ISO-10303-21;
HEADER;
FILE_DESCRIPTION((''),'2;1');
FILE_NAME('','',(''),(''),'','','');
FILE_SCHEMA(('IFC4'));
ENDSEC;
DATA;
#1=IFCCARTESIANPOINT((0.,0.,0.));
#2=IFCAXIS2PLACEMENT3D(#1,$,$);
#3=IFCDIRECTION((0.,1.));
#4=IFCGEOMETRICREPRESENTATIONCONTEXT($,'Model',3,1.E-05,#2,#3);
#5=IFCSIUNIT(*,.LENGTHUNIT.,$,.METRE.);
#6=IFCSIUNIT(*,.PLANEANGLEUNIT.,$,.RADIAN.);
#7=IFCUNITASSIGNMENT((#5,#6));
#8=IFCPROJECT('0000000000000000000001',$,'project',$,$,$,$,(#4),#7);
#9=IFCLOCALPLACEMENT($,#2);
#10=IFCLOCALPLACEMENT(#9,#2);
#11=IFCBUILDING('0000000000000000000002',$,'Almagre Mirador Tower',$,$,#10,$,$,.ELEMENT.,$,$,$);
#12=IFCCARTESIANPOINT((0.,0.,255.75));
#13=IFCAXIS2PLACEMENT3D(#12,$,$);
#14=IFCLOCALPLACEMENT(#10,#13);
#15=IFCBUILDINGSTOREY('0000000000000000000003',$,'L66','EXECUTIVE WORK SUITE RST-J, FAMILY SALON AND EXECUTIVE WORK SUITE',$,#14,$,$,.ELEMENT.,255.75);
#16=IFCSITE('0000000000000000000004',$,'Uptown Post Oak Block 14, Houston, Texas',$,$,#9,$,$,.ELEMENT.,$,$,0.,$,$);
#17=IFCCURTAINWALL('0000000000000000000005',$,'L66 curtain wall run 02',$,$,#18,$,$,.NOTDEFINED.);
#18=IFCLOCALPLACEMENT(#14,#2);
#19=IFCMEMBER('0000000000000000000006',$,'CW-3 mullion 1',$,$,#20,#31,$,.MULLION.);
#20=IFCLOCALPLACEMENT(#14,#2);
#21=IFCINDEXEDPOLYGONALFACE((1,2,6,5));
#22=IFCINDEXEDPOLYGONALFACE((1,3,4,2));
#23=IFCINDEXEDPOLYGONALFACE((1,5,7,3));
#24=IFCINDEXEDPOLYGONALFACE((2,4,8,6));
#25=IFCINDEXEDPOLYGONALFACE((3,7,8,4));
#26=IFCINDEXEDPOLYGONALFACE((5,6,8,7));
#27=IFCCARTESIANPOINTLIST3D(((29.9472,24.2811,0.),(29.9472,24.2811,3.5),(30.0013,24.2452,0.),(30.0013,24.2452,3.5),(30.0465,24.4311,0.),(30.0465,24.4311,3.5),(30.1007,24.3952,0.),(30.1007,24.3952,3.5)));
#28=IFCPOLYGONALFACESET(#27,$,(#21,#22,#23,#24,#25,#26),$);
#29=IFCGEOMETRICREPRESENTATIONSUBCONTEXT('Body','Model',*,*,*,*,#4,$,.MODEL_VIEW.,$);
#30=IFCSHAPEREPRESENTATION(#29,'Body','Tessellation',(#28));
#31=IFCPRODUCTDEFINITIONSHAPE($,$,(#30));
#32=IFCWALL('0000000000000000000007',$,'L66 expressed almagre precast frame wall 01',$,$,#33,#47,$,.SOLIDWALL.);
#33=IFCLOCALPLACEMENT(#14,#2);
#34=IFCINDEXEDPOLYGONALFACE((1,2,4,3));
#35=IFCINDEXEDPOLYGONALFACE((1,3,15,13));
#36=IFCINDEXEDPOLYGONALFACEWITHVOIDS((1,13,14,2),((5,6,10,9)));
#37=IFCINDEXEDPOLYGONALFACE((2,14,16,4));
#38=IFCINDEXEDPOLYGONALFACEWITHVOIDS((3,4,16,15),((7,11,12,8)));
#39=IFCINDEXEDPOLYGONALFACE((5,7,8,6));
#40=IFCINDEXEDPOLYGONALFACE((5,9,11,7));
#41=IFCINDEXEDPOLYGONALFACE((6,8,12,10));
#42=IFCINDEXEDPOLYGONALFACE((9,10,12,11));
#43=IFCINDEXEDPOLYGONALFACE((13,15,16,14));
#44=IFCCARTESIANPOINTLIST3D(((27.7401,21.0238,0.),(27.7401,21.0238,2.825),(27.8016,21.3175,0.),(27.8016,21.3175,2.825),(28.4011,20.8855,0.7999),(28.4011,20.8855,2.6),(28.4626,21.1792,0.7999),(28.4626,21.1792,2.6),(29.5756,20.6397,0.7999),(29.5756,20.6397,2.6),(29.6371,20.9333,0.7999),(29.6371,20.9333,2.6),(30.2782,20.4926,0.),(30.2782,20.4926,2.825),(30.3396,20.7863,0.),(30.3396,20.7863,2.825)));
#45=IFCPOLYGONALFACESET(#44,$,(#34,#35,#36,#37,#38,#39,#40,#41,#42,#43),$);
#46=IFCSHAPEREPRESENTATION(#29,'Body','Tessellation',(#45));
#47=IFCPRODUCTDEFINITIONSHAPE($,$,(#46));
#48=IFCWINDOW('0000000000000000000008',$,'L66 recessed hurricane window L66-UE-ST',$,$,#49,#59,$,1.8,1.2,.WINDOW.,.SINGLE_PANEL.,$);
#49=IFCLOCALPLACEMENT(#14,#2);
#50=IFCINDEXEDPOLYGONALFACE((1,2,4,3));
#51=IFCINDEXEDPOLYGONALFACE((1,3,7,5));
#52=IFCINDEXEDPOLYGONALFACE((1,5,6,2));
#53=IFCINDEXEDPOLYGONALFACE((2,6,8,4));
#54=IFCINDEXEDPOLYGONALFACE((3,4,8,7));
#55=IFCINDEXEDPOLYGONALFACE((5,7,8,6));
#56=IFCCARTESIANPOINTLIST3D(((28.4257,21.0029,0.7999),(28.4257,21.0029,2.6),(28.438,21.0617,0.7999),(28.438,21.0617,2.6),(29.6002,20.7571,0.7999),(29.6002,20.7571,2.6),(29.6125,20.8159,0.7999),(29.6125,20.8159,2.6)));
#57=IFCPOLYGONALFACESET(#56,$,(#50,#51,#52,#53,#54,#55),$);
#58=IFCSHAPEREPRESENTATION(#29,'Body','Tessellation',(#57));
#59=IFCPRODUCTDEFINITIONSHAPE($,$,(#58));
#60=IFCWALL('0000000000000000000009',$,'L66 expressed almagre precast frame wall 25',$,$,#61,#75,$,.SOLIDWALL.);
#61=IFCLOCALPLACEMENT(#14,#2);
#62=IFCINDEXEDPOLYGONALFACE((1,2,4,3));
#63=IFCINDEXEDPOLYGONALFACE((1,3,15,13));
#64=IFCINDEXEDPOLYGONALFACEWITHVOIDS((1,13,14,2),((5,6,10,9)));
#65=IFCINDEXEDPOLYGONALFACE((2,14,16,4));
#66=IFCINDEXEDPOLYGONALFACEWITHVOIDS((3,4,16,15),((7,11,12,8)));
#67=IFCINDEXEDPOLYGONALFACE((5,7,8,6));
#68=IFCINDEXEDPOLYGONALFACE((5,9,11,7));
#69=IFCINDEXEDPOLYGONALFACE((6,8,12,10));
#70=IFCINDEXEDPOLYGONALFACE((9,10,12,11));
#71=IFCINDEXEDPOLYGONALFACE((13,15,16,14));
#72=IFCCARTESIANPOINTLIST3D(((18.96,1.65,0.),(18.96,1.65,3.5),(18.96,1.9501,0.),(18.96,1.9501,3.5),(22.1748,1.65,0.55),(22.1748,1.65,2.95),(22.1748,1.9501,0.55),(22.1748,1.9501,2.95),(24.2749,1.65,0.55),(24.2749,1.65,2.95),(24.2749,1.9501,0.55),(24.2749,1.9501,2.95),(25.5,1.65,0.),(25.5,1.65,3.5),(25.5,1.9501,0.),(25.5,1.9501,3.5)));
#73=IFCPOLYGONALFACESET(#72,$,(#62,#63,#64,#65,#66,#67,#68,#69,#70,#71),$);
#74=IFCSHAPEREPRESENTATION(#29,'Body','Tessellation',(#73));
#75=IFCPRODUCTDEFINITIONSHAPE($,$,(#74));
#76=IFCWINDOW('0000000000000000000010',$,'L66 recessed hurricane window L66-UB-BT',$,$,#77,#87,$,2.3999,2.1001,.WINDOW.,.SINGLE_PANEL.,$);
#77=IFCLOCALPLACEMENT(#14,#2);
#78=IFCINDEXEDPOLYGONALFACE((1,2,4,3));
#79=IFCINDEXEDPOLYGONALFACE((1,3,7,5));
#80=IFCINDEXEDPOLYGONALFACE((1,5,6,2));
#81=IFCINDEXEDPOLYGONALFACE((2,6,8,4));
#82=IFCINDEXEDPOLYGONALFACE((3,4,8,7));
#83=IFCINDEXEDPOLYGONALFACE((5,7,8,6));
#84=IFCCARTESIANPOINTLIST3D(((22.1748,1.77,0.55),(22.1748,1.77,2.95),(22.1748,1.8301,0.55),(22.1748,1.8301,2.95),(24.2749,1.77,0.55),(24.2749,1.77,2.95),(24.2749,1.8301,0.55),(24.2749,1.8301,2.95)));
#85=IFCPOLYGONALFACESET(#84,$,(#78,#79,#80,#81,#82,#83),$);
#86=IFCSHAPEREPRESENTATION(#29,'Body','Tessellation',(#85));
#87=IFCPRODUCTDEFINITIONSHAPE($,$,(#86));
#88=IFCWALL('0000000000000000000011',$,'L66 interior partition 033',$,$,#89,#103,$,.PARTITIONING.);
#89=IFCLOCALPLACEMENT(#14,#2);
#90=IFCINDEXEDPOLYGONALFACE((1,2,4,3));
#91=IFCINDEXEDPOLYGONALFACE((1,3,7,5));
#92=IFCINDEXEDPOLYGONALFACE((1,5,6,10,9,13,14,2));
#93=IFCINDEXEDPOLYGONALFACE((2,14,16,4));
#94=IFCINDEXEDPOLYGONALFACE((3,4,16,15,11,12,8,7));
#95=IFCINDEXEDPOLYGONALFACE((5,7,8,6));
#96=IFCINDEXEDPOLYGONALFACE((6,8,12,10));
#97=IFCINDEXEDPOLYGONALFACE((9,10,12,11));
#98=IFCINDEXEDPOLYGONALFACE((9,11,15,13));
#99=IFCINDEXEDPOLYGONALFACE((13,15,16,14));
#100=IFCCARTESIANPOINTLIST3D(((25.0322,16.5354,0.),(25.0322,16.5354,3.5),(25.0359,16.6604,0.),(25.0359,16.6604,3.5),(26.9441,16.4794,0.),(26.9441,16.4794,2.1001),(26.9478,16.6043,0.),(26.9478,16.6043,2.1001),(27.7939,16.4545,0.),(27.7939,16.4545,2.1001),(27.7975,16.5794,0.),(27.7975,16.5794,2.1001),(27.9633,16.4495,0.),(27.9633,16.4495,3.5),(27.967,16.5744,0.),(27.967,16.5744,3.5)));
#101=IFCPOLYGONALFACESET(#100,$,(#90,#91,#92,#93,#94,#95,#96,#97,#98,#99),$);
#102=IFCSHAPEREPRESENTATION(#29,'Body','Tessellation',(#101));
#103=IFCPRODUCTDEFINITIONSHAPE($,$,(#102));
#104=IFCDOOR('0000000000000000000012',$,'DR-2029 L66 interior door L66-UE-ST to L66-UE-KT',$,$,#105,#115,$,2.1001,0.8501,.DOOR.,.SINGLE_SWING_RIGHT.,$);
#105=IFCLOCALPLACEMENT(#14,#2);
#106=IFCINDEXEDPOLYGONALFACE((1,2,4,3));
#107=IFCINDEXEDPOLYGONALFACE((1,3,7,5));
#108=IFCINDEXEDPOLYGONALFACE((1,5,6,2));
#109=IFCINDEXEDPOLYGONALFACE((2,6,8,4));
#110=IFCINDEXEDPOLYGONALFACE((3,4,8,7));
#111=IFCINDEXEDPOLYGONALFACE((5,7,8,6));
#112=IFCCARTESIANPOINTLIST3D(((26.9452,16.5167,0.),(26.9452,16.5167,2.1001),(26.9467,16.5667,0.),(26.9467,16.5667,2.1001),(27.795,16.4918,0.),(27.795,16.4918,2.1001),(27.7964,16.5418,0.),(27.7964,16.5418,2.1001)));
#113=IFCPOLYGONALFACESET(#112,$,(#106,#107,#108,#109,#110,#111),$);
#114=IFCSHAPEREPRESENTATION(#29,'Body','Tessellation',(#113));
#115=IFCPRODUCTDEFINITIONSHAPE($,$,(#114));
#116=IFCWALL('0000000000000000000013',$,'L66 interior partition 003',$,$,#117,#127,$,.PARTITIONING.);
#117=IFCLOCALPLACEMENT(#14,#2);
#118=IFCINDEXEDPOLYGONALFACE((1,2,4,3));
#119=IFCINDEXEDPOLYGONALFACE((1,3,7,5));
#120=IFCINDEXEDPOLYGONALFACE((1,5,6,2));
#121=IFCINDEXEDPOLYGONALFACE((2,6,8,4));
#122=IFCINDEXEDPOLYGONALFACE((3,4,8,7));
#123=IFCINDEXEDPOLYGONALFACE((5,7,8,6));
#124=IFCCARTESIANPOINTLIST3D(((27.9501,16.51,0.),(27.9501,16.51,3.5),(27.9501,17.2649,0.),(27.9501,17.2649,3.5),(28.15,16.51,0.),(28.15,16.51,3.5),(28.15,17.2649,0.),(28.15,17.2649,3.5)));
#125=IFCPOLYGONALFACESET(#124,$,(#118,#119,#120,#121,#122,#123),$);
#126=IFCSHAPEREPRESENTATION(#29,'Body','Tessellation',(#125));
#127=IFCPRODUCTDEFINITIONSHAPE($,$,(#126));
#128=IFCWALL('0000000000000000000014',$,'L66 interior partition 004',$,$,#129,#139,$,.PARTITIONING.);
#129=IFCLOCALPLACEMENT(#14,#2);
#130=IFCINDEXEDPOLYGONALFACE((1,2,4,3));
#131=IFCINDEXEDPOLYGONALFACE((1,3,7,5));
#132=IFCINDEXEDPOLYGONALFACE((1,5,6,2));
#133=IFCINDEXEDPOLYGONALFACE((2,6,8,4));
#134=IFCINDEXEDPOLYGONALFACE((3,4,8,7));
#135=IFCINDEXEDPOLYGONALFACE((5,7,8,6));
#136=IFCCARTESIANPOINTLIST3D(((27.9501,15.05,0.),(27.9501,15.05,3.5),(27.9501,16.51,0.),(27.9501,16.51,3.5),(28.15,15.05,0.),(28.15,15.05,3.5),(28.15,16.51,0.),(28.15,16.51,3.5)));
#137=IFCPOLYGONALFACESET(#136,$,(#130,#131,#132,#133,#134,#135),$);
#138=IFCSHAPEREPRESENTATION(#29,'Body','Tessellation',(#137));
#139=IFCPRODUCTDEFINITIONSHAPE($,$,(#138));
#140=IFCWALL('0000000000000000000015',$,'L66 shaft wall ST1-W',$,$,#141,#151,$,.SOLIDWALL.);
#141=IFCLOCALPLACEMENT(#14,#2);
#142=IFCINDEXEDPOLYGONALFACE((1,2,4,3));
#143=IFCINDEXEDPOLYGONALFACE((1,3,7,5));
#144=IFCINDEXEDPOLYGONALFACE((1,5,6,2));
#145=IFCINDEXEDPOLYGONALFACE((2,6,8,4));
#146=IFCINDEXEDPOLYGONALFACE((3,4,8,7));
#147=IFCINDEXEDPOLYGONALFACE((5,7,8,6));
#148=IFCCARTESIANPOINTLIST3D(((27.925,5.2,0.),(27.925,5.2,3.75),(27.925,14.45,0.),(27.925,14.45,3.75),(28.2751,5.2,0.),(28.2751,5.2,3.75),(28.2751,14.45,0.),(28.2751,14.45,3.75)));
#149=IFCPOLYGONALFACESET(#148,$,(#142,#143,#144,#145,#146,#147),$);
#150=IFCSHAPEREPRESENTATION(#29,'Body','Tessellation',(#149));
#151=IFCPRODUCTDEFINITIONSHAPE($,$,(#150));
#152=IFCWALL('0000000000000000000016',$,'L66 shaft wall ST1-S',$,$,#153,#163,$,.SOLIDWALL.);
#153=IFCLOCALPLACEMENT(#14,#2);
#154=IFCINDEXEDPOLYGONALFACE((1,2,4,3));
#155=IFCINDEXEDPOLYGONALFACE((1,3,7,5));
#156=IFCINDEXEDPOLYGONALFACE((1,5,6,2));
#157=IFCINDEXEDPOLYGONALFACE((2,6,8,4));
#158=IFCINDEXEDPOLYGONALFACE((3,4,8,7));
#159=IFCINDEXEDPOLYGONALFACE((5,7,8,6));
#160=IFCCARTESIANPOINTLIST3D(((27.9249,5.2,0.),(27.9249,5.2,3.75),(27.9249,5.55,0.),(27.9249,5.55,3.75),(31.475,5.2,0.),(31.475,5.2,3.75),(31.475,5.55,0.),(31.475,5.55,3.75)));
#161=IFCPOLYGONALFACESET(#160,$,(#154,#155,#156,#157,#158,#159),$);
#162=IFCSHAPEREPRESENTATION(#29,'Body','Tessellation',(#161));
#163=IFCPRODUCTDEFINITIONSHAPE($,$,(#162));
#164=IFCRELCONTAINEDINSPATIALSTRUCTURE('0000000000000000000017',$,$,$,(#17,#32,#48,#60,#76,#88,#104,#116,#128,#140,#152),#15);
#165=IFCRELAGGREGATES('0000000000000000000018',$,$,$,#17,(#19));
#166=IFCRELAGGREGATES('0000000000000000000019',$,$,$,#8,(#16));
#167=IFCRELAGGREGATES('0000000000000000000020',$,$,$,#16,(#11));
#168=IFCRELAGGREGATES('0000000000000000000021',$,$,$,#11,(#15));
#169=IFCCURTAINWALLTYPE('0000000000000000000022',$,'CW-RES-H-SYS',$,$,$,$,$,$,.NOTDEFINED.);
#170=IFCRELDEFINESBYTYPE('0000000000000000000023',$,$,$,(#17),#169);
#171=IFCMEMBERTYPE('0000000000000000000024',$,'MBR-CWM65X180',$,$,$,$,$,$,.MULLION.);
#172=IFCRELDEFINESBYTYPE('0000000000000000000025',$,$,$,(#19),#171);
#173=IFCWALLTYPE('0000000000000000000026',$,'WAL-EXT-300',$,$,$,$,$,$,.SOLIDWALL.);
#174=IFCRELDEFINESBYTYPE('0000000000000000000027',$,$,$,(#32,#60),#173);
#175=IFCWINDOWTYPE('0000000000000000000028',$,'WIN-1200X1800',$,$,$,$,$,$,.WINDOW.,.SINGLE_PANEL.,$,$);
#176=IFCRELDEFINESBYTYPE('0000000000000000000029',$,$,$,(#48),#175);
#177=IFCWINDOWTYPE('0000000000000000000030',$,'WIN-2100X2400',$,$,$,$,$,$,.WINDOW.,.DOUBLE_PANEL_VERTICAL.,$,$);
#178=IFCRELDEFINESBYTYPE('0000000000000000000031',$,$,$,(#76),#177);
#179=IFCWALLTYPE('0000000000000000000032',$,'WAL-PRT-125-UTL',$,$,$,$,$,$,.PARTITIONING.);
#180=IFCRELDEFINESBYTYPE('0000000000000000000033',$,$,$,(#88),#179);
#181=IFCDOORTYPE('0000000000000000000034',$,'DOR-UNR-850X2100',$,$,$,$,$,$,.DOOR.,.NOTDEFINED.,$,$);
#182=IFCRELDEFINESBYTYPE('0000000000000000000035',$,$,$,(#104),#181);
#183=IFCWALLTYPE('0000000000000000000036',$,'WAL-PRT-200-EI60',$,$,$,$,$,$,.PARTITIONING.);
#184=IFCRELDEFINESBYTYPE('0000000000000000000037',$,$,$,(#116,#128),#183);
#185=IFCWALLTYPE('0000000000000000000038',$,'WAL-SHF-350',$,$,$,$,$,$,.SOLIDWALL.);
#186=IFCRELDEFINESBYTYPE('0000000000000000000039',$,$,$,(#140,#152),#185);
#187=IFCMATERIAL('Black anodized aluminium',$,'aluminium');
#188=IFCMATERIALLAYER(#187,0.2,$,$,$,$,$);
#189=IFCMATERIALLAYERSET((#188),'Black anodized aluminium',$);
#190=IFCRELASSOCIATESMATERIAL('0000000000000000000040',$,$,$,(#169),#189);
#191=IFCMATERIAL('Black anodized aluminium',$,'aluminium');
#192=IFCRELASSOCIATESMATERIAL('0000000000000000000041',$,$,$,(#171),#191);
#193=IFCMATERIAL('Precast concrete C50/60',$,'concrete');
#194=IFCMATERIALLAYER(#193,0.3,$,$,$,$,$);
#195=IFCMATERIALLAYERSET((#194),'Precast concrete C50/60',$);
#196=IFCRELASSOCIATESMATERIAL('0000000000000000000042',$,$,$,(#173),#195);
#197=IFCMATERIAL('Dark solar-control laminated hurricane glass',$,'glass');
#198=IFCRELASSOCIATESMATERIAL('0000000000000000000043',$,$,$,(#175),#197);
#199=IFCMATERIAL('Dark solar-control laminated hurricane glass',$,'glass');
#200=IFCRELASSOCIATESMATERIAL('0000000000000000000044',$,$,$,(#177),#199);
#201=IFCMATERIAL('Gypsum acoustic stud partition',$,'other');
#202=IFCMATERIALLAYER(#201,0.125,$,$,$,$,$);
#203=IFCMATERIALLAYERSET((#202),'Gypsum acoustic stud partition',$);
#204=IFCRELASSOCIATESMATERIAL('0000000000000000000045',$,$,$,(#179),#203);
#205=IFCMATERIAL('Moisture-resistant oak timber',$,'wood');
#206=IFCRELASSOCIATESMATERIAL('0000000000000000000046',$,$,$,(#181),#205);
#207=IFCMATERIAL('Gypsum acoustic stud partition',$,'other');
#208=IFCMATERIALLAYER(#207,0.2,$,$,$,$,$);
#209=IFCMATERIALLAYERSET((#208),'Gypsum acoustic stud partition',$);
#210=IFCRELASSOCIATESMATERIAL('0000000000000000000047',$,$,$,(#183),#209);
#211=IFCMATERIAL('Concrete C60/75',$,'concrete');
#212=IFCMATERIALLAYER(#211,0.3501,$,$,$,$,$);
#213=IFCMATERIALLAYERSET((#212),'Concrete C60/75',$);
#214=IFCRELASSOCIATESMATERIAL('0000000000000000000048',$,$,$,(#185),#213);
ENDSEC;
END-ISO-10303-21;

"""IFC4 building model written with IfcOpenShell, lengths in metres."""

from ifc_helpers import new_model, si_unit, direction, frame, frame_2d, origin, origin_2d, place, context, subcontext, project, spatial, rectangle, extrude, material, layer, layer_set, material_profile, profile_set, type_object, element, fill, aggregate, save


model = new_model("IFC4")

# Units and contexts
model_context = context("Model", 3, precision=1e-05, world=origin(), true_north=direction((0.0, 1.0)))
body_context = subcontext(model_context, "Body", "Model", "MODEL_VIEW")
ifc_project = project(units=[si_unit("LENGTHUNIT", "METRE"), si_unit("PLANEANGLEUNIT", "RADIAN")], contexts=[model_context])

# Site, building, storey
site_placement = place(None, origin())
site = spatial("IfcSite", under=ifc_project, at=site_placement, Name="Uptown Post Oak Block 14, Houston, Texas", CompositionType="ELEMENT", RefElevation=0.0)
building_placement = place(site_placement, origin())
building = spatial("IfcBuilding", under=site, at=building_placement, Name="Almagre Mirador Tower", CompositionType="ELEMENT")
storey_placement = place(building_placement, frame((0.0, 0.0, 255.75)))
storey = spatial("IfcBuildingStorey", under=building, at=storey_placement, Name="L66", Description="EXECUTIVE WORK SUITE RST-J, FAMILY SALON AND EXECUTIVE WORK SUITE", CompositionType="ELEMENT", Elevation=255.75)

# Curtain wall, member
ifc_material_1 = material(Name="Black anodized aluminium", Category="aluminium")
ifc_layer_1 = layer(ifc_material_1, 0.2)
ifc_layer_set_1 = layer_set([ifc_layer_1], Name="Black anodized aluminium")
curtain_wall_type = type_object("IfcCurtainWallType", Name="CW-RES-H-SYS", PredefinedType="NOTDEFINED", material=ifc_layer_set_1)
curtain_wall_placement = place(storey_placement, origin())
curtain_wall = element("IfcCurtainWall", 1, at=curtain_wall_placement, inside=storey, type_object=curtain_wall_type, Name="L66 curtain wall run 02", PredefinedType="NOTDEFINED")
ifc_material_2 = material(Name="Black anodized aluminium", Category="aluminium")
ifc_material_profile_1 = material_profile(ifc_material_2, rectangle(XDim=0.0649, YDim=0.1799, at=origin_2d()), Name="CWM65X180")
ifc_profile_set_1 = profile_set([ifc_material_profile_1], Name="Black anodized aluminium")
member_type = type_object("IfcMemberType", Name="MBR-CWM65X180", PredefinedType="MULLION", material=ifc_profile_set_1)
member_placement = place(storey_placement, frame((30.0239, 24.3381, 0.0), z_axis=(0.0, 0.0, 1.0), x_axis=(-0.833771, 0.55211, 0.0)))
member = element("IfcMember", 2, at=member_placement, type_object=member_type, Name="CW-3 mullion 1", PredefinedType="MULLION", context=body_context, shape_type="SweptSolid", body=[
    extrude(rectangle(XDim=0.0649, YDim=0.1799, at=origin_2d()), origin(), (0.0, 0.0, 1.0), 3.5),
])
aggregate(curtain_wall, [member])

# Walls, openings, windows
ifc_material_3 = material(Name="Precast concrete C50/60", Category="concrete")
ifc_layer_2 = layer(ifc_material_3, 0.3)
ifc_layer_set_2 = layer_set([ifc_layer_2], Name="Precast concrete C50/60")
wall_type_1 = type_object("IfcWallType", Name="WAL-EXT-300", PredefinedType="SOLIDWALL", material=ifc_layer_set_2)
wall_1_placement = place(storey_placement, frame((27.771, 21.1707, 0.0), z_axis=(0.0, 0.0, 1.0), x_axis=(0.978789, -0.204872, 0.0)))
wall_1 = element("IfcWall", 3, at=wall_1_placement, inside=storey, type_object=wall_type_1, Name="L66 expressed almagre precast frame wall 01", PredefinedType="SOLIDWALL", context=body_context, shape_type="SweptSolid", body=[
    extrude(rectangle(XDim=2.593, YDim=0.3, at=frame_2d((1.2964, 0.0))), origin(), (0.0, 0.0, 1.0), 2.825),
])
opening_1_placement = place(wall_1_placement, frame((0.675, 0.0, 0.8)))
opening_1 = element("IfcOpeningElement", 4, at=opening_1_placement, cuts=wall_1, PredefinedType="OPENING", context=body_context, shape_type="SweptSolid", body=[
    extrude(rectangle(XDim=1.2, YDim=1.8, at=frame_2d((0.6001, 0.8999))), frame((0.0, 0.1599, 0.0), z_axis=(0.0, -1.0, 0.0), x_axis=(1.0, 0.0, 0.0)), (0.0, 0.0, 1.0), 0.32),
])
ifc_material_4 = material(Name="Dark solar-control laminated hurricane glass", Category="glass")
window_type_1 = type_object("IfcWindowType", Name="WIN-1200X1800", PartitioningType="SINGLE_PANEL", PredefinedType="WINDOW", material=ifc_material_4)
window_1_placement = place(opening_1_placement, origin())
window_1 = element("IfcWindow", 5, at=window_1_placement, inside=storey, type_object=window_type_1, Name="L66 recessed hurricane window L66-UE-ST", OverallHeight=1.8, OverallWidth=1.2, PartitioningType="SINGLE_PANEL", PredefinedType="WINDOW", context=body_context, shape_type="SweptSolid", body=[
    extrude(rectangle(XDim=1.2, YDim=1.8, at=frame_2d((0.6001, 0.8999))), frame((0.0, 0.03, 0.0), z_axis=(0.0, -1.0, 0.0), x_axis=(1.0, 0.0, 0.0)), (0.0, 0.0, 1.0), 0.0601),
])
fill(opening_1, window_1)
wall_2_placement = place(storey_placement, frame((25.5, 1.8, 0.0), z_axis=(0.0, 0.0, 1.0), x_axis=(-1.0, 0.0, 0.0)))
wall_2 = element("IfcWall", 6, at=wall_2_placement, inside=storey, type_object=wall_type_1, Name="L66 expressed almagre precast frame wall 25", PredefinedType="SOLIDWALL", context=body_context, shape_type="SweptSolid", body=[
    extrude(rectangle(XDim=6.54, YDim=0.3, at=frame_2d((3.27, 0.0))), origin(), (0.0, 0.0, 1.0), 3.5),
])
opening_2_placement = place(wall_2_placement, frame((1.2251, 0.0, 0.55)))
opening_2 = element("IfcOpeningElement", 7, at=opening_2_placement, cuts=wall_2, PredefinedType="OPENING", context=body_context, shape_type="SweptSolid", body=[
    extrude(rectangle(XDim=2.1001, YDim=2.3999, at=frame_2d((1.05, 1.2))), frame((0.0, 0.1599, 0.0), z_axis=(0.0, -1.0, 0.0), x_axis=(1.0, 0.0, 0.0)), (0.0, 0.0, 1.0), 0.32),
])
ifc_material_5 = material(Name="Dark solar-control laminated hurricane glass", Category="glass")
window_type_2 = type_object("IfcWindowType", Name="WIN-2100X2400", PartitioningType="DOUBLE_PANEL_VERTICAL", PredefinedType="WINDOW", material=ifc_material_5)
window_2_placement = place(opening_2_placement, origin())
window_2 = element("IfcWindow", 8, at=window_2_placement, inside=storey, type_object=window_type_2, Name="L66 recessed hurricane window L66-UB-BT", OverallHeight=2.3999, OverallWidth=2.1001, PartitioningType="SINGLE_PANEL", PredefinedType="WINDOW", context=body_context, shape_type="SweptSolid", body=[
    extrude(rectangle(XDim=2.1001, YDim=2.3999, at=frame_2d((1.05, 1.2))), frame((0.0, 0.03, 0.0), z_axis=(0.0, -1.0, 0.0), x_axis=(1.0, 0.0, 0.0)), (0.0, 0.0, 1.0), 0.0601),
])
fill(opening_2, window_2)

# Wall, opening, door
ifc_material_6 = material(Name="Gypsum acoustic stud partition", Category="other")
ifc_layer_3 = layer(ifc_material_6, 0.125)
ifc_layer_set_3 = layer_set([ifc_layer_3], Name="Gypsum acoustic stud partition")
wall_type_2 = type_object("IfcWallType", Name="WAL-PRT-125-UTL", PredefinedType="PARTITIONING", material=ifc_layer_set_3)
wall_3_placement = place(storey_placement, frame((25.0339, 16.5979, 0.0), z_axis=(0.0, 0.0, 1.0), x_axis=(0.99957, -0.029306, 0.0)))
wall_3 = element("IfcWall", 9, at=wall_3_placement, inside=storey, type_object=wall_type_2, Name="L66 interior partition 033", PredefinedType="PARTITIONING", context=body_context, shape_type="SweptSolid", body=[
    extrude(rectangle(XDim=2.9324, YDim=0.125, at=frame_2d((1.4663, 0.0))), origin(), (0.0, 0.0, 1.0), 3.5),
])
opening_3_placement = place(wall_3_placement, frame((1.9128, 0.0, 0.0)))
opening_3 = element("IfcOpeningElement", 10, at=opening_3_placement, cuts=wall_3, PredefinedType="OPENING", context=body_context, shape_type="SweptSolid", body=[
    extrude(rectangle(XDim=0.8501, YDim=2.1001, at=frame_2d((0.425, 1.05))), frame((0.0, 0.0725, 0.0), z_axis=(0.0, -1.0, 0.0), x_axis=(1.0, 0.0, 0.0)), (0.0, 0.0, 1.0), 0.145),
])
ifc_material_7 = material(Name="Moisture-resistant oak timber", Category="wood")
door_type_1 = type_object("IfcDoorType", Name="DOR-UNR-850X2100", OperationType="NOTDEFINED", PredefinedType="DOOR", material=ifc_material_7)
door_1_placement = place(opening_3_placement, origin())
door_1 = element("IfcDoor", 11, at=door_1_placement, inside=storey, type_object=door_type_1, Name="DR-2029 L66 interior door L66-UE-ST to L66-UE-KT", OperationType="SINGLE_SWING_RIGHT", OverallHeight=2.1001, OverallWidth=0.8501, PredefinedType="DOOR", context=body_context, shape_type="SweptSolid", body=[
    extrude(rectangle(XDim=0.8501, YDim=2.1001, at=frame_2d((0.425, 1.05))), frame((0.0, 0.0249, 0.0), z_axis=(0.0, -1.0, 0.0), x_axis=(1.0, 0.0, 0.0)), (0.0, 0.0, 1.0), 0.05),
])
fill(opening_3, door_1)

# Walls
ifc_material_8 = material(Name="Gypsum acoustic stud partition", Category="other")
ifc_layer_4 = layer(ifc_material_8, 0.2)
ifc_layer_set_4 = layer_set([ifc_layer_4], Name="Gypsum acoustic stud partition")
wall_type_3 = type_object("IfcWallType", Name="WAL-PRT-200-EI60", PredefinedType="PARTITIONING", material=ifc_layer_set_4)
wall_4_placement = place(storey_placement, frame((28.05, 17.2649, 0.0), z_axis=(0.0, 0.0, 1.0), x_axis=(0.0, -1.0, 0.0)))
element("IfcWall", 12, at=wall_4_placement, inside=storey, type_object=wall_type_3, Name="L66 interior partition 003", PredefinedType="PARTITIONING", context=body_context, shape_type="SweptSolid", body=[
    extrude(rectangle(XDim=0.7549, YDim=0.2, at=frame_2d((0.3774, 0.0))), origin(), (0.0, 0.0, 1.0), 3.5),
])
wall_5_placement = place(storey_placement, frame((28.05, 16.51, 0.0), z_axis=(0.0, 0.0, 1.0), x_axis=(0.0, -1.0, 0.0)))
element("IfcWall", 13, at=wall_5_placement, inside=storey, type_object=wall_type_3, Name="L66 interior partition 004", PredefinedType="PARTITIONING", context=body_context, shape_type="SweptSolid", body=[
    extrude(rectangle(XDim=1.46, YDim=0.2, at=frame_2d((0.73, 0.0))), origin(), (0.0, 0.0, 1.0), 3.5),
])
ifc_material_9 = material(Name="Concrete C60/75", Category="concrete")
ifc_layer_5 = layer(ifc_material_9, 0.3501)
ifc_layer_set_5 = layer_set([ifc_layer_5], Name="Concrete C60/75")
wall_type_4 = type_object("IfcWallType", Name="WAL-SHF-350", PredefinedType="SOLIDWALL", material=ifc_layer_set_5)
wall_6_placement = place(storey_placement, frame((28.1001, 5.2, 0.0), z_axis=(0.0, 0.0, 1.0), x_axis=(0.0, 1.0, 0.0)))
element("IfcWall", 14, at=wall_6_placement, inside=storey, type_object=wall_type_4, Name="L66 shaft wall ST1-W", PredefinedType="SOLIDWALL", context=body_context, shape_type="SweptSolid", body=[
    extrude(rectangle(XDim=9.25, YDim=0.3501, at=frame_2d((4.625, 0.0))), origin(), (0.0, 0.0, 1.0), 3.75),
])
wall_7_placement = place(storey_placement, frame((27.925, 5.375, 0.0), z_axis=(0.0, 0.0, 1.0), x_axis=(1.0, 0.0, 0.0)))
element("IfcWall", 15, at=wall_7_placement, inside=storey, type_object=wall_type_4, Name="L66 shaft wall ST1-S", PredefinedType="SOLIDWALL", context=body_context, shape_type="SweptSolid", body=[
    extrude(rectangle(XDim=3.55, YDim=0.3501, at=frame_2d((1.7749, 0.0))), origin(), (0.0, 0.0, 1.0), 3.75),
])

save(model, "model.ifc")
